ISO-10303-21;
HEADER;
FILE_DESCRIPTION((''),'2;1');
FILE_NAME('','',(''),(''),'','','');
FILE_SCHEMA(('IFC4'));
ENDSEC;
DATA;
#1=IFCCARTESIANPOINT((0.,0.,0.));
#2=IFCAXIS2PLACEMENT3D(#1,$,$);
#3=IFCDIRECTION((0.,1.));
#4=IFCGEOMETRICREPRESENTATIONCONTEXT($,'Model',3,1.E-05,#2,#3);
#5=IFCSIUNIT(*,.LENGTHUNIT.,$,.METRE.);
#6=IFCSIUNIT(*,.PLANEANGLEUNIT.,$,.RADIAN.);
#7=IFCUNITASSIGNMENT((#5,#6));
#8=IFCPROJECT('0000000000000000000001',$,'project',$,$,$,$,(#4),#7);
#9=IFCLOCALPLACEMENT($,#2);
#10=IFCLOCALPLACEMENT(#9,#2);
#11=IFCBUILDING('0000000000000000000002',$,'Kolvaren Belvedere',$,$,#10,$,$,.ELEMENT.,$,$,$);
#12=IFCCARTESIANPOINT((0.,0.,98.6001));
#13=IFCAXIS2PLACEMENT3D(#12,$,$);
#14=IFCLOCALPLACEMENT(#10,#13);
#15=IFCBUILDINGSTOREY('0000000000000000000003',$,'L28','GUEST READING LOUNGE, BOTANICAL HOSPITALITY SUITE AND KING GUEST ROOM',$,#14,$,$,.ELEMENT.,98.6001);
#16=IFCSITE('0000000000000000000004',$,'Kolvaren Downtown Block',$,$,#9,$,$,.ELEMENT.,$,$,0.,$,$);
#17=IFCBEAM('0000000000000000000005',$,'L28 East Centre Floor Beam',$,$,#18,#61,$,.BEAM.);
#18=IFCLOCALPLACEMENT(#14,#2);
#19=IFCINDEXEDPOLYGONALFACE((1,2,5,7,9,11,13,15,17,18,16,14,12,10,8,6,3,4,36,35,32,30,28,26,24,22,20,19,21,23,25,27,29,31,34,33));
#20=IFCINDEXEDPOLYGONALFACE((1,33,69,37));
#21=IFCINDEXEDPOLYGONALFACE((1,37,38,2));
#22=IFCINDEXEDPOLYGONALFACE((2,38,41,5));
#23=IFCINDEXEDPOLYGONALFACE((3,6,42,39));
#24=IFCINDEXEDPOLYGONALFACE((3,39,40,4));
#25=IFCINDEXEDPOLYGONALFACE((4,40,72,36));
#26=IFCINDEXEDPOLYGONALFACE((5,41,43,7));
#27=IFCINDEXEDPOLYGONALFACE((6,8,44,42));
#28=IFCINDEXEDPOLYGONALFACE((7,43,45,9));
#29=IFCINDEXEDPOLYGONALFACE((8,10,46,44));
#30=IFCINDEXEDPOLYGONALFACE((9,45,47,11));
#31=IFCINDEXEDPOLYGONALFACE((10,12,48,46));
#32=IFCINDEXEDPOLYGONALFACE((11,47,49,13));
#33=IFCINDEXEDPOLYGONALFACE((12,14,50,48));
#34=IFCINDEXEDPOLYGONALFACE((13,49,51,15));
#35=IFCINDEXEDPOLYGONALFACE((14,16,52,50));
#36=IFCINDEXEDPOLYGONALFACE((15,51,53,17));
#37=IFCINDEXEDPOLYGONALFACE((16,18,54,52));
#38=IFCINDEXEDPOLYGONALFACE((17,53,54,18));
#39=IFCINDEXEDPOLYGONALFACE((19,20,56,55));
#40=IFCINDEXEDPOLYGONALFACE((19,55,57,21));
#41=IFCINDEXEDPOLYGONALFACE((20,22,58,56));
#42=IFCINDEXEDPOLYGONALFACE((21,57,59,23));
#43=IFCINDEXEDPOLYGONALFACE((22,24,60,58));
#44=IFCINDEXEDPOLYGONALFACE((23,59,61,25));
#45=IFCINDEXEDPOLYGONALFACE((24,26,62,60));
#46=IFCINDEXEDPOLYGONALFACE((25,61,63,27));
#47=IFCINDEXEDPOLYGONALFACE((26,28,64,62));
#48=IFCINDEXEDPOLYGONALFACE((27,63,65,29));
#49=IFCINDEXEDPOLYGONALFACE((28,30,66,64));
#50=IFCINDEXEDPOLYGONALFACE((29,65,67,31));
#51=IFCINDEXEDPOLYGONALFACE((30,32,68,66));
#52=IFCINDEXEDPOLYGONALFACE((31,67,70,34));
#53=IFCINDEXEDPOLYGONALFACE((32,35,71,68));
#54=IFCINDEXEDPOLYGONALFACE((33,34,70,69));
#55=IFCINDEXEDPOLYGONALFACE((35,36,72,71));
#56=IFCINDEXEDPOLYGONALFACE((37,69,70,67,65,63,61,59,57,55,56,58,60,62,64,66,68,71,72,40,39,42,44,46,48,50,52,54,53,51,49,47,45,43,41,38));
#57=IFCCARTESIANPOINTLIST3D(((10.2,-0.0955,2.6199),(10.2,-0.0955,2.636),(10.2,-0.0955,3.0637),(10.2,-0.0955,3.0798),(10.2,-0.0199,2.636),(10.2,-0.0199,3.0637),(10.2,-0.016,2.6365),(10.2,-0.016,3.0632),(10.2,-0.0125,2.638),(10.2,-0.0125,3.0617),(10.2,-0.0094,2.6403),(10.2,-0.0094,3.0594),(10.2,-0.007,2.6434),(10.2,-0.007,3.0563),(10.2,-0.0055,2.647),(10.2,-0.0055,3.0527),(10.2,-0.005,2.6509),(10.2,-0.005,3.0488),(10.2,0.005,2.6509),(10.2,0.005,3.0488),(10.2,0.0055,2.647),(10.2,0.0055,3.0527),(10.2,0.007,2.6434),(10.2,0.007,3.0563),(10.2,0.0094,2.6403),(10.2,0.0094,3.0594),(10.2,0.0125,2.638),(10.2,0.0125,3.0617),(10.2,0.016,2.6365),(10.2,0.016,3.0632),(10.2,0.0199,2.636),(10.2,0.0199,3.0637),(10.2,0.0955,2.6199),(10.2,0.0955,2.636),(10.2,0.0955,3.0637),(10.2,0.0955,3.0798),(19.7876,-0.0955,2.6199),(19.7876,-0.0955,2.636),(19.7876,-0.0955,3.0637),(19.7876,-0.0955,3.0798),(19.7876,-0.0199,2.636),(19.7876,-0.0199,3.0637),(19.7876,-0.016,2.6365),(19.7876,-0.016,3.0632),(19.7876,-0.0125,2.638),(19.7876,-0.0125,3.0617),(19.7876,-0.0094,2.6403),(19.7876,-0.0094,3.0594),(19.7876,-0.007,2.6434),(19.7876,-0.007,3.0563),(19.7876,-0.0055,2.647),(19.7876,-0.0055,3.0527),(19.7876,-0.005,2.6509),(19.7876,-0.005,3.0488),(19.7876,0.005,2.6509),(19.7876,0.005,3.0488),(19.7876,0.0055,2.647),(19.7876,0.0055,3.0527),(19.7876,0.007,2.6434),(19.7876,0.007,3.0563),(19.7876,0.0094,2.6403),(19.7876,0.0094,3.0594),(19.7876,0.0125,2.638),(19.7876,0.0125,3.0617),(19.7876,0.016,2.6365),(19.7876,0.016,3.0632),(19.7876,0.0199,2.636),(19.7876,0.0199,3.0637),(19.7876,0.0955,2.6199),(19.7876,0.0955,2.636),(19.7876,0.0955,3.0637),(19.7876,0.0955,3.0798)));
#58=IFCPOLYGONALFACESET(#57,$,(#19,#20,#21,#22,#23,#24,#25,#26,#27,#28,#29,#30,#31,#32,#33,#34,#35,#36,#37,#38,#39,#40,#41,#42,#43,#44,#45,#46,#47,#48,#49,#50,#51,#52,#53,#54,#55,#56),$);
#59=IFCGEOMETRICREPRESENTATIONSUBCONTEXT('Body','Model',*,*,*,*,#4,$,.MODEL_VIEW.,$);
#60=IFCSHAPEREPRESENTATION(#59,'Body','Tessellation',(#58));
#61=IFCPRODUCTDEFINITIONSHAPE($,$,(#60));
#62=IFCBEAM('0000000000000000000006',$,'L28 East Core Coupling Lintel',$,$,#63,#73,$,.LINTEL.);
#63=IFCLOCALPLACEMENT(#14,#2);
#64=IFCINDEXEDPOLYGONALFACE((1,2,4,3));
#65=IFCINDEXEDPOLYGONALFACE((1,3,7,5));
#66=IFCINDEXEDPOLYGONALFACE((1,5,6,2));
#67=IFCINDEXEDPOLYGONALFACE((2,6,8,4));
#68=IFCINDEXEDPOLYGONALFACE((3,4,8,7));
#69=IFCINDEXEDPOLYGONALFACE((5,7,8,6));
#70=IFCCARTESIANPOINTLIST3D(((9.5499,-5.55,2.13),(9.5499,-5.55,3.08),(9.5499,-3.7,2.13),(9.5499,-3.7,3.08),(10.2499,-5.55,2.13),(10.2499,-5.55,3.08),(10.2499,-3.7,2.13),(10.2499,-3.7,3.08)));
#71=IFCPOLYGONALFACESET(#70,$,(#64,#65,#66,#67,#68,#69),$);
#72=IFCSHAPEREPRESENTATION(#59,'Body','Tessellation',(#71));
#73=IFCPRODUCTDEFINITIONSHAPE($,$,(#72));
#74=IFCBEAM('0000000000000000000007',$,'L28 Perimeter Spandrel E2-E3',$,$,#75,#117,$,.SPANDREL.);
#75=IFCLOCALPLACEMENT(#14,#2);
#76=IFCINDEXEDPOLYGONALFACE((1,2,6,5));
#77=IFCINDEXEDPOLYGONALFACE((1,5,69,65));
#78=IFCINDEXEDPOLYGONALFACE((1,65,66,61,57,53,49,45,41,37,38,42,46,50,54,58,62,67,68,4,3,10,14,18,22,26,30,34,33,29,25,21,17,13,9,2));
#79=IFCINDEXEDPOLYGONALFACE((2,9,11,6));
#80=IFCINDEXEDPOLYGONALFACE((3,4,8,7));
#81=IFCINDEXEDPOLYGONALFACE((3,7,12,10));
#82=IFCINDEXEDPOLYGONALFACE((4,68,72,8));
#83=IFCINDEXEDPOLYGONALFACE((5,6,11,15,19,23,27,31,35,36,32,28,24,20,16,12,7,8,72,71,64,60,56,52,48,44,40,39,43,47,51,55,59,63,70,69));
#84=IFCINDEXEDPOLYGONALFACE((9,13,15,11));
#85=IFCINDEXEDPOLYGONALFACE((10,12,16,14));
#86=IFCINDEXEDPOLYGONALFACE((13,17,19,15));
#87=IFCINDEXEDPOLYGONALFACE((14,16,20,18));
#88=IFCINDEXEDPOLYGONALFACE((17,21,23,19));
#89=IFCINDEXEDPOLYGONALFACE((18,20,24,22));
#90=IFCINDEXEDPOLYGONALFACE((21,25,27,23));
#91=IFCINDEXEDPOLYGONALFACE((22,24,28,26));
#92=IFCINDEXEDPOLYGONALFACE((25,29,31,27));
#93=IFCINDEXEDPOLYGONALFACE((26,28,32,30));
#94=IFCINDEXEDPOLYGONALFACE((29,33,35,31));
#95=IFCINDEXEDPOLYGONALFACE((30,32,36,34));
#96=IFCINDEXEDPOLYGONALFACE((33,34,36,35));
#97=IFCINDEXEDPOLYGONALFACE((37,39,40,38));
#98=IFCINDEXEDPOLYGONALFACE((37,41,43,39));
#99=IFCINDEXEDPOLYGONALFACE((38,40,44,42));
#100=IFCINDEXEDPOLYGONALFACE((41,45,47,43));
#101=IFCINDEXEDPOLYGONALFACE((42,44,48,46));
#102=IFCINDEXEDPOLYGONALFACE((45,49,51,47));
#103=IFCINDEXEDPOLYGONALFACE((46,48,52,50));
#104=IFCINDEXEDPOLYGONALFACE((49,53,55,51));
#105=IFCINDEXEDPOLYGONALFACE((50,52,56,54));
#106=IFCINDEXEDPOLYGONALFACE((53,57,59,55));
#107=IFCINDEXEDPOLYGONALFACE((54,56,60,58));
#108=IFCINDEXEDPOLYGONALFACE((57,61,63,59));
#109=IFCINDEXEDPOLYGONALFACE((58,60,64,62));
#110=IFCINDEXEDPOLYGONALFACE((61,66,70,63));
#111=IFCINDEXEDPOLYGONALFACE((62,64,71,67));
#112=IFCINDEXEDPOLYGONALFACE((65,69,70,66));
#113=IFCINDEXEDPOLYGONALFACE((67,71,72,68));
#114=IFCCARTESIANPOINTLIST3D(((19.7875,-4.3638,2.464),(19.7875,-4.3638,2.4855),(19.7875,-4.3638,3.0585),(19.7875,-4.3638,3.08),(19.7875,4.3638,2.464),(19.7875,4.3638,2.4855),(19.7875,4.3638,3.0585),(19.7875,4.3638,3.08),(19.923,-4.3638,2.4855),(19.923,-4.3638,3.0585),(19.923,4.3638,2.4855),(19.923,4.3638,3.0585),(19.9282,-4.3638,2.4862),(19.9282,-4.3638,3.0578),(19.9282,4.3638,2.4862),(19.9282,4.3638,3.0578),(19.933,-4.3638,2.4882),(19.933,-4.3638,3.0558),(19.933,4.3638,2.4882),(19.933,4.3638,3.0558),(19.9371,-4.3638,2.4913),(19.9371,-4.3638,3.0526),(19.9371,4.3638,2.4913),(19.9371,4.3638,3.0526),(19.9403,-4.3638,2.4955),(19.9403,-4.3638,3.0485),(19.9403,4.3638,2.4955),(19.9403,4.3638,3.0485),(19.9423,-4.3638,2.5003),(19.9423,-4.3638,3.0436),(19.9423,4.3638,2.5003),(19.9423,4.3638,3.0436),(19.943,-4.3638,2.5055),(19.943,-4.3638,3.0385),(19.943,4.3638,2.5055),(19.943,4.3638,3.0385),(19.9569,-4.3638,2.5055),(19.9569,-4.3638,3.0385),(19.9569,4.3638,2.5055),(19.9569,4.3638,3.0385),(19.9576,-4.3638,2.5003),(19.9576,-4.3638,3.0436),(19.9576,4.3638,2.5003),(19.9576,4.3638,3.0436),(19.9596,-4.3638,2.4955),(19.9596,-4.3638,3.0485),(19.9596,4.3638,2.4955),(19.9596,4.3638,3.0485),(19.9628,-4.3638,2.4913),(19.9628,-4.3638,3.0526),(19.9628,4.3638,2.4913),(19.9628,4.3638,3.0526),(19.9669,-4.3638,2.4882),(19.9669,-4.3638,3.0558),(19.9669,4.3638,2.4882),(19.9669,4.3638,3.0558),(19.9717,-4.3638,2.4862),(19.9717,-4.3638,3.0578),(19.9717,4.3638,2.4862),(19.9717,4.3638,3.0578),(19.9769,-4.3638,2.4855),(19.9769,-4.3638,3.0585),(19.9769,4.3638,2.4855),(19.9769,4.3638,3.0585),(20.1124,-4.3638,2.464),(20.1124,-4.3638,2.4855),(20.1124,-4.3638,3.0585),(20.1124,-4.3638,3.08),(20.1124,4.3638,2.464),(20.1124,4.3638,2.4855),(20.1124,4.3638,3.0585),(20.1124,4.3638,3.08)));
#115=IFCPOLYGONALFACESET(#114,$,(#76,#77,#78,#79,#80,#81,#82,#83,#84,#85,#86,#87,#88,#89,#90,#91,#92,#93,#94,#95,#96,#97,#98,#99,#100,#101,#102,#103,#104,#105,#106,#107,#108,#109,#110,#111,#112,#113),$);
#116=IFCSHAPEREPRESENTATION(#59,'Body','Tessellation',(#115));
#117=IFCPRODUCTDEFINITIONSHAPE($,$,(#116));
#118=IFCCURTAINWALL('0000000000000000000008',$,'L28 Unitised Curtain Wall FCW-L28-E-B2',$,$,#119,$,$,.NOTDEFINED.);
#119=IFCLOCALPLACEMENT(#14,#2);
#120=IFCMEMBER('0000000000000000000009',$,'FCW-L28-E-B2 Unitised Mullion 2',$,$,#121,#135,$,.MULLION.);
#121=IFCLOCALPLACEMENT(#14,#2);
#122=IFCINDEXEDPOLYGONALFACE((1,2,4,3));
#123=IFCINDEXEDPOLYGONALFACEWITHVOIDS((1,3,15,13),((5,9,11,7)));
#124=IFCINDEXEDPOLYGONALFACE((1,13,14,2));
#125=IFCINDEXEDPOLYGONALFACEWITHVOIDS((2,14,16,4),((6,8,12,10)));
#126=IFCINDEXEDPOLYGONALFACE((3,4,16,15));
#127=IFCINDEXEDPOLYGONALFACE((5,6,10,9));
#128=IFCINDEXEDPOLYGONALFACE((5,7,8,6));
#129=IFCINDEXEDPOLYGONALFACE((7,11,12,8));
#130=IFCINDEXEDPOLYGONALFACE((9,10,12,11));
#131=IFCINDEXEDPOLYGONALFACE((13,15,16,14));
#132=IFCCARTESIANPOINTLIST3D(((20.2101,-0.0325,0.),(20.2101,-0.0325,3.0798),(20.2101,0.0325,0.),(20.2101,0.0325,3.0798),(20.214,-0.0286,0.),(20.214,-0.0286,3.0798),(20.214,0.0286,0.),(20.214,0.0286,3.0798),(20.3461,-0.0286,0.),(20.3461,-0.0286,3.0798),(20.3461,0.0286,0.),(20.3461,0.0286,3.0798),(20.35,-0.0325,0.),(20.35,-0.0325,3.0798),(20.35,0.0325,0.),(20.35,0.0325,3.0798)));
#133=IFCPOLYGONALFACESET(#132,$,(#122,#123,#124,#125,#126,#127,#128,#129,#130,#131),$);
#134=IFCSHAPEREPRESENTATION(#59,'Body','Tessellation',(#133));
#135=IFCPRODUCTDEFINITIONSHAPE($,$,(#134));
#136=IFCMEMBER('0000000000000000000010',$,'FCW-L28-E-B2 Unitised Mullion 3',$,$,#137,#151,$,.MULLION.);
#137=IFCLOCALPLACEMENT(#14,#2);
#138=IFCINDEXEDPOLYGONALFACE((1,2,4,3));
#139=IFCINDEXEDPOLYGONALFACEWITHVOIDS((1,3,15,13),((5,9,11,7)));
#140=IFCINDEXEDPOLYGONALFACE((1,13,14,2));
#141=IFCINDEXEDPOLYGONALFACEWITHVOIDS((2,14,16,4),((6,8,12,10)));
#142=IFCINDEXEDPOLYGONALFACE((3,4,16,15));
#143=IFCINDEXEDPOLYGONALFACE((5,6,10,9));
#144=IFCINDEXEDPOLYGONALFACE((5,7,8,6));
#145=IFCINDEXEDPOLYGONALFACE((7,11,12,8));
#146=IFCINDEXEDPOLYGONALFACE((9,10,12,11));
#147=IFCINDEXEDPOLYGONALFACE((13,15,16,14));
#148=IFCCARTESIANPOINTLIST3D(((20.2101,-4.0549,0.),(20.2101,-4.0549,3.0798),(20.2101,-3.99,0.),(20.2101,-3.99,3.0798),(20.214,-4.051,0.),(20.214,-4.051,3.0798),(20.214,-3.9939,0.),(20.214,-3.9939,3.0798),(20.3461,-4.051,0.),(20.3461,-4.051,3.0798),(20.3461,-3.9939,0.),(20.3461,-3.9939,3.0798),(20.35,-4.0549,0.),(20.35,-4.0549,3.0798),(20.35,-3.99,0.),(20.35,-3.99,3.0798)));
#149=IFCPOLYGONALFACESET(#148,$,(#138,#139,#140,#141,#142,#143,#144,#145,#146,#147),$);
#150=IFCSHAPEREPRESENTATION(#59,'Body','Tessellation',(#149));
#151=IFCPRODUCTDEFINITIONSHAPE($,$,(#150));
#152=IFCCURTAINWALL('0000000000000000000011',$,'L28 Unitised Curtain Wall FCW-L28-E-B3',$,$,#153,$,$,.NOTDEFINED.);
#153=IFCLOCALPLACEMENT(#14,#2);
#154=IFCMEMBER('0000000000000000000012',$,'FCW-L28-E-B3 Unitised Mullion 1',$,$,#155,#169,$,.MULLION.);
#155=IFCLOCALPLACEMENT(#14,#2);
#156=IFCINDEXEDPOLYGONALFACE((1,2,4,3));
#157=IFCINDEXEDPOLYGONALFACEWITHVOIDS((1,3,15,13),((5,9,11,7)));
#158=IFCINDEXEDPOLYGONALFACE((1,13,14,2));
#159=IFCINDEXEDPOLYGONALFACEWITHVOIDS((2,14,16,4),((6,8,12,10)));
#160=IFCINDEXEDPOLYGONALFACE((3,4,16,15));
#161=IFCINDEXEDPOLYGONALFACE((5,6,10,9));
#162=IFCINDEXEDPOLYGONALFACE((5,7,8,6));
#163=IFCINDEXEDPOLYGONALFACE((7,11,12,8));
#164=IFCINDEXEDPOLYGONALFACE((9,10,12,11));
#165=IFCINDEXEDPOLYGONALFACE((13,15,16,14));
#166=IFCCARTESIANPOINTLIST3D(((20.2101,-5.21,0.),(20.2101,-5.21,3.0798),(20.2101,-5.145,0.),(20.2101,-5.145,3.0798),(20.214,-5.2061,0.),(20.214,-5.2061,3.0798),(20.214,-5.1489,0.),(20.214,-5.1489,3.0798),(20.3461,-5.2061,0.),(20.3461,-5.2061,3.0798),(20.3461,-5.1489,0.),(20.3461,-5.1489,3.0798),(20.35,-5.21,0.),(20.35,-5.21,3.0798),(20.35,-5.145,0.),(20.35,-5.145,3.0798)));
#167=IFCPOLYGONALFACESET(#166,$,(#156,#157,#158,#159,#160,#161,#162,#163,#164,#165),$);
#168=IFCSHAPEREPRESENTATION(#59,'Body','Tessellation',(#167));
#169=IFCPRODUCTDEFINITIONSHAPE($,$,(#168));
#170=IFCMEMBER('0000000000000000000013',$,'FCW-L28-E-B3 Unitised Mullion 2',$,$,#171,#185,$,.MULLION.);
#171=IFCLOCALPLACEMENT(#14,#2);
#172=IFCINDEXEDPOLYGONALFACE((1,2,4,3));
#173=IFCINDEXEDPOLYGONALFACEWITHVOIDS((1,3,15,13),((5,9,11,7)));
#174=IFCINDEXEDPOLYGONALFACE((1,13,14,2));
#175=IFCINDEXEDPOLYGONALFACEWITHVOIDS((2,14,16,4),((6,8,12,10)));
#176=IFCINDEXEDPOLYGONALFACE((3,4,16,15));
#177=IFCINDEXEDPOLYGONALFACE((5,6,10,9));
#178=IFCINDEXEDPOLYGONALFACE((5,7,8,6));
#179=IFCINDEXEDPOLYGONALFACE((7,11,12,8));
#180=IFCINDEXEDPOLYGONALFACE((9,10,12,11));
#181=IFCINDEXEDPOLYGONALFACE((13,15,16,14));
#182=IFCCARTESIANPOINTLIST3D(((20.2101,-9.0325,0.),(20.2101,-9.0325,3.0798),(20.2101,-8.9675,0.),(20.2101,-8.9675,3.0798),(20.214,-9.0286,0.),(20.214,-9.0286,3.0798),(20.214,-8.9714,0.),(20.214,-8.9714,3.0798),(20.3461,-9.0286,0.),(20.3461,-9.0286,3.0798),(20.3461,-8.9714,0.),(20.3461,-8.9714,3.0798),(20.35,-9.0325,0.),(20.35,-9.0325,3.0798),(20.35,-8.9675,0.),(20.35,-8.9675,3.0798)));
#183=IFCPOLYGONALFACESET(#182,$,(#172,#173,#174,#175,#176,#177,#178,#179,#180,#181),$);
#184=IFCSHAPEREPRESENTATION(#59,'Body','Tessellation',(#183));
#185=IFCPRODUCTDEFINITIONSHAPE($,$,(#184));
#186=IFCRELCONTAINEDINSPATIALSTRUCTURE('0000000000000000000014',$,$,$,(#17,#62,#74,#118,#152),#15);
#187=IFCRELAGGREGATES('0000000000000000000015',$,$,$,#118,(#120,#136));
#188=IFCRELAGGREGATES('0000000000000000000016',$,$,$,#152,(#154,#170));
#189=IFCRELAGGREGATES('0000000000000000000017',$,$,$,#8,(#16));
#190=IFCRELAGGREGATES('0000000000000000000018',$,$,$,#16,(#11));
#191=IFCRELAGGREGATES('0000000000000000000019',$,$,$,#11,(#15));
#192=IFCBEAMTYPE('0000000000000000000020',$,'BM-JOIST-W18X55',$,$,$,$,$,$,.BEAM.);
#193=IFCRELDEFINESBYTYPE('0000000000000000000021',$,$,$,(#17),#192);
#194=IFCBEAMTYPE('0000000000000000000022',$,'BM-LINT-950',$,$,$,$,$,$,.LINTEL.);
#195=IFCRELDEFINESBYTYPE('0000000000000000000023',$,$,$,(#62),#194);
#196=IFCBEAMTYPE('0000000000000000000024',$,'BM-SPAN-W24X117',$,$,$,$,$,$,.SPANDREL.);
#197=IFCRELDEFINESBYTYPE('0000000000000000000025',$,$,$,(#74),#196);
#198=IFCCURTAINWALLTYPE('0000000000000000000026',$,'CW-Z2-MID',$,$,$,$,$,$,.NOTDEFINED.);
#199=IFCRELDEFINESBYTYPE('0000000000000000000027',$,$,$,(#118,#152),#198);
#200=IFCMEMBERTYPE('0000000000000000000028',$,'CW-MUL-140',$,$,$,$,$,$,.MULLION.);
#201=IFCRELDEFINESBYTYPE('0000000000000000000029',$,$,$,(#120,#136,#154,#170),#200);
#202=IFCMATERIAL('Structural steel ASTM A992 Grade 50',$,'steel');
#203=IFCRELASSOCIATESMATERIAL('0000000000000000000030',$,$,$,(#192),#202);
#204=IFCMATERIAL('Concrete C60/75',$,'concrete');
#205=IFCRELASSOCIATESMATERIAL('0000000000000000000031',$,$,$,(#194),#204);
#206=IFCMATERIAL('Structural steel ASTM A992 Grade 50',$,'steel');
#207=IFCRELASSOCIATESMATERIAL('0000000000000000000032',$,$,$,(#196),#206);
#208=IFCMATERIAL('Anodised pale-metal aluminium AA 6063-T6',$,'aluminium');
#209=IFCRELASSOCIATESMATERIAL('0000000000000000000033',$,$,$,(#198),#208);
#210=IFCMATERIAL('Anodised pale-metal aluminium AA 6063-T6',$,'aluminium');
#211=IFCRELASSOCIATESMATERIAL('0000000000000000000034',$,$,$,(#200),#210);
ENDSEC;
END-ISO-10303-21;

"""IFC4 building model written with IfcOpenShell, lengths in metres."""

from ifc_helpers import new_model, si_unit, direction, frame, origin, origin_2d, place, context, subcontext, project, spatial, rectangle, hollow_rectangle, i_section, extrude, material, material_profile, profile_set, type_object, element, aggregate, save


model = new_model("IFC4")

# Units and contexts
model_context = context("Model", 3, precision=1e-05, world=origin(), true_north=direction((0.0, 1.0)))
body_context = subcontext(model_context, "Body", "Model", "MODEL_VIEW")
ifc_project = project(units=[si_unit("LENGTHUNIT", "METRE"), si_unit("PLANEANGLEUNIT", "RADIAN")], contexts=[model_context])

# Site, building, storey
site_placement = place(None, origin())
site = spatial("IfcSite", under=ifc_project, at=site_placement, Name="Kolvaren Downtown Block", CompositionType="ELEMENT", RefElevation=0.0)
building_placement = place(site_placement, origin())
building = spatial("IfcBuilding", under=site, at=building_placement, Name="Kolvaren Belvedere", CompositionType="ELEMENT")
storey_placement = place(building_placement, frame((0.0, 0.0, 98.6001)))
storey = spatial("IfcBuildingStorey", under=building, at=storey_placement, Name="L28", Description="GUEST READING LOUNGE, BOTANICAL HOSPITALITY SUITE AND KING GUEST ROOM", CompositionType="ELEMENT", Elevation=98.6001)

# Beams
ifc_material_1 = material(Name="Structural steel ASTM A992 Grade 50", Category="steel")
ifc_material_profile_1 = material_profile(ifc_material_1, i_section(OverallWidth=0.1909, OverallDepth=0.46, WebThickness=0.01, FlangeThickness=0.0161, FilletRadius=0.0149, at=origin_2d()), Name="W18X55")
ifc_profile_set_1 = profile_set([ifc_material_profile_1], Name="Structural steel ASTM A992 Grade 50")
beam_type_1 = type_object("IfcBeamType", Name="BM-JOIST-W18X55", PredefinedType="BEAM", material=ifc_profile_set_1)
beam_1_placement = place(storey_placement, frame((10.2, 0.0, 2.8499), z_axis=(1.0, 0.0, 0.0), x_axis=(0.0, 1.0, 0.0)))
element("IfcBeam", 1, at=beam_1_placement, inside=storey, type_object=beam_type_1, Name="L28 East Centre Floor Beam", PredefinedType="BEAM", context=body_context, shape_type="SweptSolid", body=[
    extrude(i_section(OverallWidth=0.1909, OverallDepth=0.46, WebThickness=0.01, FlangeThickness=0.0161, FilletRadius=0.0149, at=origin_2d()), origin(), (0.0, 0.0, 1.0), 9.5876),
])
ifc_material_2 = material(Name="Concrete C60/75", Category="concrete")
ifc_material_profile_2 = material_profile(ifc_material_2, rectangle(XDim=0.7, YDim=0.95, at=origin_2d()), Name="RC 700X950")
ifc_profile_set_2 = profile_set([ifc_material_profile_2], Name="Concrete C60/75")
beam_type_2 = type_object("IfcBeamType", Name="BM-LINT-950", PredefinedType="LINTEL", material=ifc_profile_set_2)
beam_2_placement = place(storey_placement, frame((9.8999, -5.55, 2.605), z_axis=(0.0, 1.0, 0.0), x_axis=(-1.0, 0.0, 0.0)))
element("IfcBeam", 2, at=beam_2_placement, inside=storey, type_object=beam_type_2, Name="L28 East Core Coupling Lintel", PredefinedType="LINTEL", context=body_context, shape_type="SweptSolid", body=[
    extrude(rectangle(XDim=0.7, YDim=0.95, at=origin_2d()), origin(), (0.0, 0.0, 1.0), 1.8501),
])
ifc_material_3 = material(Name="Structural steel ASTM A992 Grade 50", Category="steel")
ifc_material_profile_3 = material_profile(ifc_material_3, i_section(OverallWidth=0.325, OverallDepth=0.616, WebThickness=0.0139, FlangeThickness=0.0215, FilletRadius=0.02, at=origin_2d()), Name="W24X117")
ifc_profile_set_3 = profile_set([ifc_material_profile_3], Name="Structural steel ASTM A992 Grade 50")
beam_type_3 = type_object("IfcBeamType", Name="BM-SPAN-W24X117", PredefinedType="SPANDREL", material=ifc_profile_set_3)
beam_3_placement = place(storey_placement, frame((19.95, -4.3638, 2.772), z_axis=(0.0, 1.0, 0.0), x_axis=(-1.0, 0.0, 0.0)))
element("IfcBeam", 3, at=beam_3_placement, inside=storey, type_object=beam_type_3, Name="L28 Perimeter Spandrel E2-E3", PredefinedType="SPANDREL", context=body_context, shape_type="SweptSolid", body=[
    extrude(i_section(OverallWidth=0.325, OverallDepth=0.616, WebThickness=0.0139, FlangeThickness=0.0215, FilletRadius=0.02, at=origin_2d()), origin(), (0.0, 0.0, 1.0), 8.7275),
])

# Curtain walls, members
ifc_material_4 = material(Name="Anodised pale-metal aluminium AA 6063-T6", Category="aluminium")
curtain_wall_type = type_object("IfcCurtainWallType", Name="CW-Z2-MID", PredefinedType="NOTDEFINED", material=ifc_material_4)
curtain_wall_1_placement = place(storey_placement, origin())
curtain_wall_1 = element("IfcCurtainWall", 4, at=curtain_wall_1_placement, inside=storey, type_object=curtain_wall_type, Name="L28 Unitised Curtain Wall FCW-L28-E-B2", PredefinedType="NOTDEFINED")
ifc_material_5 = material(Name="Anodised pale-metal aluminium AA 6063-T6", Category="aluminium")
ifc_material_profile_4 = material_profile(ifc_material_5, hollow_rectangle(XDim=0.0649, YDim=0.1399, WallThickness=0.0039, at=origin_2d()), Name="ALU-MUL-140X65")
ifc_profile_set_4 = profile_set([ifc_material_profile_4], Name="Anodised pale-metal aluminium AA 6063-T6")
member_type_1 = type_object("IfcMemberType", Name="CW-MUL-140", PredefinedType="MULLION", material=ifc_profile_set_4)
member_1_placement = place(storey_placement, frame((20.28, 0.0, 0.0), z_axis=(0.0, 0.0, 1.0), x_axis=(0.0, 1.0, 0.0)))
member_1 = element("IfcMember", 5, at=member_1_placement, type_object=member_type_1, Name="FCW-L28-E-B2 Unitised Mullion 2", PredefinedType="MULLION", context=body_context, shape_type="SweptSolid", body=[
    extrude(hollow_rectangle(XDim=0.0649, YDim=0.1399, WallThickness=0.0039, at=origin_2d()), origin(), (0.0, 0.0, 1.0), 3.0798),
])
member_2_placement = place(storey_placement, frame((20.28, -4.0225, 0.0), z_axis=(0.0, 0.0, 1.0), x_axis=(0.0, 1.0, 0.0)))
member_2 = element("IfcMember", 6, at=member_2_placement, type_object=member_type_1, Name="FCW-L28-E-B2 Unitised Mullion 3", PredefinedType="MULLION", context=body_context, shape_type="SweptSolid", body=[
    extrude(hollow_rectangle(XDim=0.0649, YDim=0.1399, WallThickness=0.0039, at=origin_2d()), origin(), (0.0, 0.0, 1.0), 3.0798),
])
curtain_wall_2_placement = place(storey_placement, origin())
curtain_wall_2 = element("IfcCurtainWall", 7, at=curtain_wall_2_placement, inside=storey, type_object=curtain_wall_type, Name="L28 Unitised Curtain Wall FCW-L28-E-B3", PredefinedType="NOTDEFINED")
member_3_placement = place(storey_placement, frame((20.28, -5.1775, 0.0), z_axis=(0.0, 0.0, 1.0), x_axis=(0.0, 1.0, 0.0)))
member_3 = element("IfcMember", 8, at=member_3_placement, type_object=member_type_1, Name="FCW-L28-E-B3 Unitised Mullion 1", PredefinedType="MULLION", context=body_context, shape_type="SweptSolid", body=[
    extrude(hollow_rectangle(XDim=0.0649, YDim=0.1399, WallThickness=0.0039, at=origin_2d()), origin(), (0.0, 0.0, 1.0), 3.0798),
])
member_4_placement = place(storey_placement, frame((20.28, -9.0, 0.0), z_axis=(0.0, 0.0, 1.0), x_axis=(0.0, 1.0, 0.0)))
member_4 = element("IfcMember", 9, at=member_4_placement, type_object=member_type_1, Name="FCW-L28-E-B3 Unitised Mullion 2", PredefinedType="MULLION", context=body_context, shape_type="SweptSolid", body=[
    extrude(hollow_rectangle(XDim=0.0649, YDim=0.1399, WallThickness=0.0039, at=origin_2d()), origin(), (0.0, 0.0, 1.0), 3.0798),
])

aggregate(curtain_wall_1, [member_1, member_2])
aggregate(curtain_wall_2, [member_3, member_4])

save(model, "model.ifc")
